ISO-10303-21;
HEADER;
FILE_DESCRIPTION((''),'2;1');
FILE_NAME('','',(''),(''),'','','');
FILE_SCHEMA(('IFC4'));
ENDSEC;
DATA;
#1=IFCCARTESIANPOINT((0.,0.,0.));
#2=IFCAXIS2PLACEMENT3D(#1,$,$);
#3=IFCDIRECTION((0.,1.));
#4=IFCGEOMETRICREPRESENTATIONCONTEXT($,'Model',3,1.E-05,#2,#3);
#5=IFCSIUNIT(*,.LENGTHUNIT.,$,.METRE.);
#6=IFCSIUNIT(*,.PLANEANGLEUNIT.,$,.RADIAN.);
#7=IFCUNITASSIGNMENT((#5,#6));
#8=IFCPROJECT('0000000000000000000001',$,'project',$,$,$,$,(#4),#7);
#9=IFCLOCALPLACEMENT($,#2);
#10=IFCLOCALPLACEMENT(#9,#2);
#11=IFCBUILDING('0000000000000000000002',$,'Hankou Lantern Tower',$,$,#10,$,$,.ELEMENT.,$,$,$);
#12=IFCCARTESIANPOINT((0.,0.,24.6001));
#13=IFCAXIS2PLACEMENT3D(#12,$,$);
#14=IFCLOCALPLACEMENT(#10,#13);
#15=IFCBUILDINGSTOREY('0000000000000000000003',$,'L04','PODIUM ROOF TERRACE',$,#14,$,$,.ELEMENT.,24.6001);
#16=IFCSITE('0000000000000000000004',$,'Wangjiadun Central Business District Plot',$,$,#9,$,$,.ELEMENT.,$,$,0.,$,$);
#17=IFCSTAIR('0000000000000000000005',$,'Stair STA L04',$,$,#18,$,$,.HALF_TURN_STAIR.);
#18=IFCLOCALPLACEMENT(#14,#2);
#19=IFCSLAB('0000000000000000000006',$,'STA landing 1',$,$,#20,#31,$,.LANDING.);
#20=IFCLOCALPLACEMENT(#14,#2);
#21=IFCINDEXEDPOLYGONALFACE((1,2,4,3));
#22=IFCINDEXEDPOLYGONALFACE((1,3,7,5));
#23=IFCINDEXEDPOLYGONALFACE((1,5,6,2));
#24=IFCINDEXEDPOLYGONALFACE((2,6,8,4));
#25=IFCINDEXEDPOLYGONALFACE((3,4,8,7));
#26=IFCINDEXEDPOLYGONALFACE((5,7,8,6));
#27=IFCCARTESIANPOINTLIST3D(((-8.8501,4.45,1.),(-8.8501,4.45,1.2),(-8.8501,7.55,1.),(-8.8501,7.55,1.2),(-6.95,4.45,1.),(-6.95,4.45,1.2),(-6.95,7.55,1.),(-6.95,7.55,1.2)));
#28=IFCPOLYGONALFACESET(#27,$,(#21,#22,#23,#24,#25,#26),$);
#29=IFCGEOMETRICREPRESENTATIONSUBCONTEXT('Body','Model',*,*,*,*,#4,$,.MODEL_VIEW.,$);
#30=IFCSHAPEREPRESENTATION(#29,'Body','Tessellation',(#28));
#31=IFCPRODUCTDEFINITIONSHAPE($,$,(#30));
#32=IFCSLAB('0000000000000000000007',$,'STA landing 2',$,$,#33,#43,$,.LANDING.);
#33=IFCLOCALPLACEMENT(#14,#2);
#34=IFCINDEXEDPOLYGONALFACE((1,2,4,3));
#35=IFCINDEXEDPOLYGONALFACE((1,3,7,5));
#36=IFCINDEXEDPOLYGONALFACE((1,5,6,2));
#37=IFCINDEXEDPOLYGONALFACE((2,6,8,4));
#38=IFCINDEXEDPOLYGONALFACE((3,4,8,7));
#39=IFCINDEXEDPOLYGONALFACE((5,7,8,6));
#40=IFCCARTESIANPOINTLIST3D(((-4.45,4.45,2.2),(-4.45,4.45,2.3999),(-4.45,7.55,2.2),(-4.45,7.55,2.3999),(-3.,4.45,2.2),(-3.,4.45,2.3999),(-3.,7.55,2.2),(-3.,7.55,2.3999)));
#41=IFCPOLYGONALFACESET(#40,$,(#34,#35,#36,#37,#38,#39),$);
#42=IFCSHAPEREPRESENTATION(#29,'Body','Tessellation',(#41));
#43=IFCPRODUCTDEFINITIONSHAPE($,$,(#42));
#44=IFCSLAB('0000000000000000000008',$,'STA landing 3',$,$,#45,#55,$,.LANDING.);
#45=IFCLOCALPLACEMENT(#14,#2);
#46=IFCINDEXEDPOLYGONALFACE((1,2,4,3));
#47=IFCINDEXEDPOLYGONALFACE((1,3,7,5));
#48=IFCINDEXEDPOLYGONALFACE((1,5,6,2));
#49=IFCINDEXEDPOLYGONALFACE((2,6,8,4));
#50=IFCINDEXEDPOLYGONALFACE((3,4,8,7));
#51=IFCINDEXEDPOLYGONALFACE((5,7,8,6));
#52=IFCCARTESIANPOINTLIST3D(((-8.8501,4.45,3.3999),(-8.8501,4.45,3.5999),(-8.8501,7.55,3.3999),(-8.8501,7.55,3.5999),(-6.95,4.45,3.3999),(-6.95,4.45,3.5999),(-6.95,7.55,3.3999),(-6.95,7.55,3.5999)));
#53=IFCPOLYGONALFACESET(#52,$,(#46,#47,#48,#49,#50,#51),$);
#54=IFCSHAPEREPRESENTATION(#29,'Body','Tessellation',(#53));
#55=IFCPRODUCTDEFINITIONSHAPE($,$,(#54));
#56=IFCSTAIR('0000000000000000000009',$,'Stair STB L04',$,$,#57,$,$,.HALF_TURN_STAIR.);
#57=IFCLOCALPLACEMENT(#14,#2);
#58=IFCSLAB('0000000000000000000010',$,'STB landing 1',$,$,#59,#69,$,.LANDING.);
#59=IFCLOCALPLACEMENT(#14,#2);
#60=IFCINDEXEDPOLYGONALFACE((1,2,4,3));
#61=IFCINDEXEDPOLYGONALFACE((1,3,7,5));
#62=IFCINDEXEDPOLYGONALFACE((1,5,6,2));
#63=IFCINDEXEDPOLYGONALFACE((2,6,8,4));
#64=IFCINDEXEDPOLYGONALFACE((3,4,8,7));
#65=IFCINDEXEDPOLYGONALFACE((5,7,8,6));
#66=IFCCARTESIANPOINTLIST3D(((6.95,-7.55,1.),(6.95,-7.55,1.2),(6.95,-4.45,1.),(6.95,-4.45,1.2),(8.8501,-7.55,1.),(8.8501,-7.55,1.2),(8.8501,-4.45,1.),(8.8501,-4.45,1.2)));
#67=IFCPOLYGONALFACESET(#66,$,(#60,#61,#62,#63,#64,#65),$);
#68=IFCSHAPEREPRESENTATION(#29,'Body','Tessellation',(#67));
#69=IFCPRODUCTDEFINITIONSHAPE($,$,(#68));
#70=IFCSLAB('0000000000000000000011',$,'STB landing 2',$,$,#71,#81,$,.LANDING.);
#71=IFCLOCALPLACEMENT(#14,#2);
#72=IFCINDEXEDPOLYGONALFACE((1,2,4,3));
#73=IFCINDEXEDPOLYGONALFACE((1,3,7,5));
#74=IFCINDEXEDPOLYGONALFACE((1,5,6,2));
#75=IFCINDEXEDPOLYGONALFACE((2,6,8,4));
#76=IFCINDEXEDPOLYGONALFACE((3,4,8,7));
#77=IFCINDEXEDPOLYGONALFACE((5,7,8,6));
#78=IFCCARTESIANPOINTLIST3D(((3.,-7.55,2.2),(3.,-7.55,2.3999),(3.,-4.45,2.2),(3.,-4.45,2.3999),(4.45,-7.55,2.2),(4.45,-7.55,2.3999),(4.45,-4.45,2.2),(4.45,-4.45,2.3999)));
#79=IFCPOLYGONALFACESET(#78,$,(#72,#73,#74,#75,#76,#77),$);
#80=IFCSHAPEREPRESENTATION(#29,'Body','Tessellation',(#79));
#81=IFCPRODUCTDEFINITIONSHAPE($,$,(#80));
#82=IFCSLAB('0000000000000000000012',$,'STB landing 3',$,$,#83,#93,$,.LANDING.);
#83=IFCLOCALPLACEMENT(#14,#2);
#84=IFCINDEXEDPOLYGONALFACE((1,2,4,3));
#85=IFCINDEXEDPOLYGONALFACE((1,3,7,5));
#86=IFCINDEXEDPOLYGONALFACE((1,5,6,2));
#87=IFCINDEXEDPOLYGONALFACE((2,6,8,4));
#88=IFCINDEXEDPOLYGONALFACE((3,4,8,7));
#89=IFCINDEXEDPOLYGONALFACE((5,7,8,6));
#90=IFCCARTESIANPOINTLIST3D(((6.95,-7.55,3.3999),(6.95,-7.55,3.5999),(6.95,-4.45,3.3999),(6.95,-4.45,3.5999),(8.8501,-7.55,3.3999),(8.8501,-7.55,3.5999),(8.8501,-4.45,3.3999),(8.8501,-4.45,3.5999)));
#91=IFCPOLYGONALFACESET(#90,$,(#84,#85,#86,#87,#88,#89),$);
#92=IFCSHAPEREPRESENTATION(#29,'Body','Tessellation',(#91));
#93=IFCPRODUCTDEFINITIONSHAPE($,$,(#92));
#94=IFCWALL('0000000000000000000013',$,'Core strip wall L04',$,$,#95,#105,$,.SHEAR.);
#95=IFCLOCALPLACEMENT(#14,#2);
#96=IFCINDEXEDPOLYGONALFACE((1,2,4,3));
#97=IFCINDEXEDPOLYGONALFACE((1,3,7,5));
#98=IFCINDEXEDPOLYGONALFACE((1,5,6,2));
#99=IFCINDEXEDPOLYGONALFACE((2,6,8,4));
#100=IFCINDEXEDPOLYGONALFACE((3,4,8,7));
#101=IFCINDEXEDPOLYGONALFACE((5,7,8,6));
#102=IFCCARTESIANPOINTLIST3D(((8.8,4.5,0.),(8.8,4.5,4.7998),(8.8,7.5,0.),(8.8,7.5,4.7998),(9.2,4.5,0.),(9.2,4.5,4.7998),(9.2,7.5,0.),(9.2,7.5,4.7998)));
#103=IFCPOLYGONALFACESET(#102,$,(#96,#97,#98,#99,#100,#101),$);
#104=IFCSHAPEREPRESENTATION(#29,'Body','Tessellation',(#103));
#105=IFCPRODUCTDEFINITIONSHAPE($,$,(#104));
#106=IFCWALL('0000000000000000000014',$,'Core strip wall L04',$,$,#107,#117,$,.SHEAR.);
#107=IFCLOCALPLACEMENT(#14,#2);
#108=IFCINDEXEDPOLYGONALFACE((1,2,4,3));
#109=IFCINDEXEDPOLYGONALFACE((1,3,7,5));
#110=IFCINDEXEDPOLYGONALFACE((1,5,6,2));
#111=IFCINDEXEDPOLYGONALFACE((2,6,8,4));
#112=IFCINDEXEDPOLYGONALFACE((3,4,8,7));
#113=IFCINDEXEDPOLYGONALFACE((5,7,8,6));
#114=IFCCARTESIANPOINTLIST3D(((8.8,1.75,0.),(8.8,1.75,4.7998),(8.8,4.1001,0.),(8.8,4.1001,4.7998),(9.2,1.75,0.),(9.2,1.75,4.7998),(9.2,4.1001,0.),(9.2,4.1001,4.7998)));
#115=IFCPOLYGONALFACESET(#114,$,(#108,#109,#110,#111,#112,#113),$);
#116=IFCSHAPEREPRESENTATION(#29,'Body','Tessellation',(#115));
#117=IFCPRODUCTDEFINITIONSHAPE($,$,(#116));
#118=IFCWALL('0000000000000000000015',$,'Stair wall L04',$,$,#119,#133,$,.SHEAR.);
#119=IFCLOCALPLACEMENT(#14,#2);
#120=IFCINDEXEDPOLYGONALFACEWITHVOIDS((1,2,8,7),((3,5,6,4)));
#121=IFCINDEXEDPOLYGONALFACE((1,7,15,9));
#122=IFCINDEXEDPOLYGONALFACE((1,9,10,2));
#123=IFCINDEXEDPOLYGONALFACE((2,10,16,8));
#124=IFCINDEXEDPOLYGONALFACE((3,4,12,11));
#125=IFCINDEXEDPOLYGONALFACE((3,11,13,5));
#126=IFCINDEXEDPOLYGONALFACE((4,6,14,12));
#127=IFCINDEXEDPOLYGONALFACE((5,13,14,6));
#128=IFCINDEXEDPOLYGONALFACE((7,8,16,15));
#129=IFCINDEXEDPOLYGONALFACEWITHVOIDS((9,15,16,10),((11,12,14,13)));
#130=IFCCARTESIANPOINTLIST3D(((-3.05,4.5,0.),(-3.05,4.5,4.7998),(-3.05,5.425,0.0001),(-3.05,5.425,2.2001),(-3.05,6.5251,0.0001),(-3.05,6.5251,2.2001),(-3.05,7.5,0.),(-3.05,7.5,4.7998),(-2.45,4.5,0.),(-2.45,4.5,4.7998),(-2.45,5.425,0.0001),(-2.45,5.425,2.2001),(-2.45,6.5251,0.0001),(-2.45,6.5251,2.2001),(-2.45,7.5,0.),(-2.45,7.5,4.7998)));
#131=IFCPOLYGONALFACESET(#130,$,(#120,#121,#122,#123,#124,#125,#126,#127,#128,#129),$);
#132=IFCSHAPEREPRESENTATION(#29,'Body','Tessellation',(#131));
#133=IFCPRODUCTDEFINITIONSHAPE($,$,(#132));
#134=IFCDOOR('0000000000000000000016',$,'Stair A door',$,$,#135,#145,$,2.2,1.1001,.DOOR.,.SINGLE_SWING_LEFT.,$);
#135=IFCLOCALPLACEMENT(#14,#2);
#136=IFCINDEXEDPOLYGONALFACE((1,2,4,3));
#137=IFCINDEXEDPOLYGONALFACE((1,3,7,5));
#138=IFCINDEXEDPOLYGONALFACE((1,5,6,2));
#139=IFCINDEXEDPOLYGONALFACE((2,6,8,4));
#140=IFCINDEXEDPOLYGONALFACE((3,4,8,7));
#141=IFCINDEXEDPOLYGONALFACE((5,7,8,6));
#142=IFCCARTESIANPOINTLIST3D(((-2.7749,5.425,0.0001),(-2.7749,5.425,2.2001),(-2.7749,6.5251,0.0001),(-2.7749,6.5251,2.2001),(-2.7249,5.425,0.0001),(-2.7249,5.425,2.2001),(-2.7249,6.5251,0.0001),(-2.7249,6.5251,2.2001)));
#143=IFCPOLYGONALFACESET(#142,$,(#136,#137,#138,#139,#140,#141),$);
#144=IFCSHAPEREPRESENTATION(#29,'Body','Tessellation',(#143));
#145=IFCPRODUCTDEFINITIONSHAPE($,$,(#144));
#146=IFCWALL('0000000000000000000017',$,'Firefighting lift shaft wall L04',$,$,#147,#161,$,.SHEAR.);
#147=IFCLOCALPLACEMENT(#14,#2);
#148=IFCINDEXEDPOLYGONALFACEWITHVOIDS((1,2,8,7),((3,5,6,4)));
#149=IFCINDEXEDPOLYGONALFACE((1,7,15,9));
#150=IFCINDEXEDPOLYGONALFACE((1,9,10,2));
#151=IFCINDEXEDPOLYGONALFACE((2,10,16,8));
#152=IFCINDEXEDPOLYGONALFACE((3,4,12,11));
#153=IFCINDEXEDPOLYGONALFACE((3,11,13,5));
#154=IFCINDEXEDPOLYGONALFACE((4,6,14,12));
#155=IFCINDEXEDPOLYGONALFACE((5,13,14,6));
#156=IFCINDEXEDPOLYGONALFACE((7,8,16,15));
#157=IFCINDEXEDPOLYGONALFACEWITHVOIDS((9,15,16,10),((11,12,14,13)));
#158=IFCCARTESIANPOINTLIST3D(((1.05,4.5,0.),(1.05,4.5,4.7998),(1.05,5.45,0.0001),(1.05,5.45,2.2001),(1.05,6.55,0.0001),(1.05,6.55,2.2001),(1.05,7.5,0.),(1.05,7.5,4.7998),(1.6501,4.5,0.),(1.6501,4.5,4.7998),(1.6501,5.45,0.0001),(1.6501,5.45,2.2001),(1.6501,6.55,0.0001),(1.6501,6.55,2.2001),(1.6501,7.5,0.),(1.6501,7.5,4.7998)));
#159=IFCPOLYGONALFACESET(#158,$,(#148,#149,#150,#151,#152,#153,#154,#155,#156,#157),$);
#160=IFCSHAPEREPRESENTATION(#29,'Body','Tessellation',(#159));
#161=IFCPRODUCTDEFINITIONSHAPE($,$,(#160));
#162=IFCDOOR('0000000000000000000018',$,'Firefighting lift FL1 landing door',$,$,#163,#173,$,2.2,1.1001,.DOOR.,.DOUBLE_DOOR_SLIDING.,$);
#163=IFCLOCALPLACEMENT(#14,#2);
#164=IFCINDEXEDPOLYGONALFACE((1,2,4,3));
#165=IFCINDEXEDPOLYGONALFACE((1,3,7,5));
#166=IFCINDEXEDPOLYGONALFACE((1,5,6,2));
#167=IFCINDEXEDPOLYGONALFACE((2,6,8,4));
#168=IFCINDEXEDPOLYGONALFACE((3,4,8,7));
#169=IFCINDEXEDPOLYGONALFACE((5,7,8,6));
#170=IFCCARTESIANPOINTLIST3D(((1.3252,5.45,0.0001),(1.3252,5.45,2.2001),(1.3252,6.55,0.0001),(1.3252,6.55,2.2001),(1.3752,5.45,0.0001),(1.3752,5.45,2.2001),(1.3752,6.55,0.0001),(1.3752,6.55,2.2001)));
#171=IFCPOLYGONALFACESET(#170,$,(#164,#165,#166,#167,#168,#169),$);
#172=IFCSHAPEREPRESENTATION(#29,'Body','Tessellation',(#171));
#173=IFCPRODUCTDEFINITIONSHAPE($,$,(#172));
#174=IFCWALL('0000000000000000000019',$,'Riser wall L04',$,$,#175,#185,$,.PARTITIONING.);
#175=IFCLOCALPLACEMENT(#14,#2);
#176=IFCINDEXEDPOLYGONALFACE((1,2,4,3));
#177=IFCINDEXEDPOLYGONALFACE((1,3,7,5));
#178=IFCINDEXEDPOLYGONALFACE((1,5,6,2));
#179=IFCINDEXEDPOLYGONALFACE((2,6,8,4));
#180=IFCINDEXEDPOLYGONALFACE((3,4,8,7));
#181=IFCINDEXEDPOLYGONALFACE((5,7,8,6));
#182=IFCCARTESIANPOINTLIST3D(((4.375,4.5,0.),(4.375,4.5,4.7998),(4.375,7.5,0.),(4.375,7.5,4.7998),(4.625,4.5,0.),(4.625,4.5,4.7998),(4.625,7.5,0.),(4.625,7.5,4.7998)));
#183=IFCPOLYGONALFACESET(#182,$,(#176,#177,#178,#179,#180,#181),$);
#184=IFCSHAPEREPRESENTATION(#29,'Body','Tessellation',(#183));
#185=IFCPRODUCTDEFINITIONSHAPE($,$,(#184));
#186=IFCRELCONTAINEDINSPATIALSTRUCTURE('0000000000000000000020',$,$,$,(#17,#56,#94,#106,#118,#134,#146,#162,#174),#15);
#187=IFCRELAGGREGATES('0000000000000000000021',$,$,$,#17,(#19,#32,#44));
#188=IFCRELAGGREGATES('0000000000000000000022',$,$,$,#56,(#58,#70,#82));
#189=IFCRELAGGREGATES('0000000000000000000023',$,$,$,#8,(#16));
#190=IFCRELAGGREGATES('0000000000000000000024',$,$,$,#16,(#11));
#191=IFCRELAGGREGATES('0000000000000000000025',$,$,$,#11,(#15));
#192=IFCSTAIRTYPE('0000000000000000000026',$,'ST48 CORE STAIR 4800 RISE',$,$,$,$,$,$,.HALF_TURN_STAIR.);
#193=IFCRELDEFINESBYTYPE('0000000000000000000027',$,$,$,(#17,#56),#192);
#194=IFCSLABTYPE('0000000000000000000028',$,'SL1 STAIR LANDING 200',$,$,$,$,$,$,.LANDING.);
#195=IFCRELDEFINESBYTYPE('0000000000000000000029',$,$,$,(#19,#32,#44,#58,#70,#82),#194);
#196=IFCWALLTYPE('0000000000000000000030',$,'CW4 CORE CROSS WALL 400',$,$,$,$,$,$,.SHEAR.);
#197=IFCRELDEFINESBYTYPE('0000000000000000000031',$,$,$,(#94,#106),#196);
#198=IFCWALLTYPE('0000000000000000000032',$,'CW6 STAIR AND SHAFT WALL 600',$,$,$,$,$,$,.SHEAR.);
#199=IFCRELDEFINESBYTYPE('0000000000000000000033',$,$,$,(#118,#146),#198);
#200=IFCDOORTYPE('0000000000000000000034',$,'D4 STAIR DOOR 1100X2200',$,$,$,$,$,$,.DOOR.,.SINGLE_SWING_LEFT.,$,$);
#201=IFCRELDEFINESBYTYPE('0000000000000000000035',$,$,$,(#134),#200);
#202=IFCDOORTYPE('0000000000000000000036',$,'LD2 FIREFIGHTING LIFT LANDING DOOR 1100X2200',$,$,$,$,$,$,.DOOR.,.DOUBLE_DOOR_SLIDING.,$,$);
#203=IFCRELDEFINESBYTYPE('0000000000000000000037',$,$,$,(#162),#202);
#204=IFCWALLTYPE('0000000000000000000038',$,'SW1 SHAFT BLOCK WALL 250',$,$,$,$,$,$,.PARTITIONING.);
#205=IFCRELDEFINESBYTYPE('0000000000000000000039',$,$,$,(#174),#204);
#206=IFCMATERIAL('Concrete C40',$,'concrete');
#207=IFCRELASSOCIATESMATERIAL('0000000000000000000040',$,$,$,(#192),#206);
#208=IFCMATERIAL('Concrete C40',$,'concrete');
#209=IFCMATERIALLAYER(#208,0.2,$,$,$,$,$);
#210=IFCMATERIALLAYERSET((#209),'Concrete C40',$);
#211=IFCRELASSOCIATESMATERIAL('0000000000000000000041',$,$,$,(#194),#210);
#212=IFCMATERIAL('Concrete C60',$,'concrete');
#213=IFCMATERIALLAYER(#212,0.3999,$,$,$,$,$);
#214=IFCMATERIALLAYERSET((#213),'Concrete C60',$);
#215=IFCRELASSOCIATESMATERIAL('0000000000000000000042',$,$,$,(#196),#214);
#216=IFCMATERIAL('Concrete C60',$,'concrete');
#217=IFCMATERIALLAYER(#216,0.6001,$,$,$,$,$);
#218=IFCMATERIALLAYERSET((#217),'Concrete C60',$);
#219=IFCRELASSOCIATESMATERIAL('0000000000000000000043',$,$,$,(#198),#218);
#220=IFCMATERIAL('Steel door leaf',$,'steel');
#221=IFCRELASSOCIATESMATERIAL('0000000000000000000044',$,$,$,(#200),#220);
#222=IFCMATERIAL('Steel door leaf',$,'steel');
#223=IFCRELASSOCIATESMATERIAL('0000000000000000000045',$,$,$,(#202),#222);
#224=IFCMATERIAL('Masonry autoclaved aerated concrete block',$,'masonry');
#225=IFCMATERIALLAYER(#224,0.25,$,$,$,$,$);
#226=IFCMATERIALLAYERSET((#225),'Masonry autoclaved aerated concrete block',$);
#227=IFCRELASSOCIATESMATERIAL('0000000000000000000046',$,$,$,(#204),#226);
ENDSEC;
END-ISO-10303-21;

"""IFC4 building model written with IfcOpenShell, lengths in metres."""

from ifc_helpers import new_model, si_unit, direction, frame, frame_2d, origin, place, context, subcontext, project, spatial, polyline, rectangle, outline, extrude, material, layer, layer_set, type_object, element, fill, aggregate, save


model = new_model("IFC4")

# Units and contexts
model_context = context("Model", 3, precision=1e-05, world=origin(), true_north=direction((0.0, 1.0)))
body_context = subcontext(model_context, "Body", "Model", "MODEL_VIEW")
ifc_project = project(units=[si_unit("LENGTHUNIT", "METRE"), si_unit("PLANEANGLEUNIT", "RADIAN")], contexts=[model_context])

# Site, building, storey
site_placement = place(None, origin())
site = spatial("IfcSite", under=ifc_project, at=site_placement, Name="Wangjiadun Central Business District Plot", CompositionType="ELEMENT", RefElevation=0.0)
building_placement = place(site_placement, origin())
building = spatial("IfcBuilding", under=site, at=building_placement, Name="Hankou Lantern Tower", CompositionType="ELEMENT")
storey_placement = place(building_placement, frame((0.0, 0.0, 24.6001)))
storey = spatial("IfcBuildingStorey", under=building, at=storey_placement, Name="L04", Description="PODIUM ROOF TERRACE", CompositionType="ELEMENT", Elevation=24.6001)

# Stairs, slabs
ifc_material_1 = material(Name="Concrete C40", Category="concrete")
stair_type = type_object("IfcStairType", Name="ST48 CORE STAIR 4800 RISE", PredefinedType="HALF_TURN_STAIR", material=ifc_material_1)
stair_1_placement = place(storey_placement, origin())
stair_1 = element("IfcStair", 1, at=stair_1_placement, inside=storey, type_object=stair_type, Name="Stair STA L04", PredefinedType="HALF_TURN_STAIR")
ifc_material_2 = material(Name="Concrete C40", Category="concrete")
ifc_layer_1 = layer(ifc_material_2, 0.2)
ifc_layer_set_1 = layer_set([ifc_layer_1], Name="Concrete C40")
slab_type_1 = type_object("IfcSlabType", Name="SL1 STAIR LANDING 200", PredefinedType="LANDING", material=ifc_layer_set_1)
slab_1_placement = place(storey_placement, frame((0.0, 0.0, 1.0)))
slab_1 = element("IfcSlab", 2, at=slab_1_placement, type_object=slab_type_1, Name="STA landing 1", PredefinedType="LANDING", context=body_context, shape_type="SweptSolid", body=[
    extrude(outline(polyline([(-8.8501, 4.45), (-6.95, 4.45), (-6.95, 7.55), (-8.8501, 7.55), (-8.8501, 4.45)])), origin(), (0.0, 0.0, 1.0), 0.2),
])
slab_2_placement = place(storey_placement, frame((0.0, 0.0, 2.2)))
slab_2 = element("IfcSlab", 3, at=slab_2_placement, type_object=slab_type_1, Name="STA landing 2", PredefinedType="LANDING", context=body_context, shape_type="SweptSolid", body=[
    extrude(outline(polyline([(-4.45, 4.45), (-3.0, 4.45), (-3.0, 7.55), (-4.45, 7.55), (-4.45, 4.45)])), origin(), (0.0, 0.0, 1.0), 0.2),
])
slab_3_placement = place(storey_placement, frame((0.0, 0.0, 3.3999)))
slab_3 = element("IfcSlab", 4, at=slab_3_placement, type_object=slab_type_1, Name="STA landing 3", PredefinedType="LANDING", context=body_context, shape_type="SweptSolid", body=[
    extrude(outline(polyline([(-8.8501, 4.45), (-6.95, 4.45), (-6.95, 7.55), (-8.8501, 7.55), (-8.8501, 4.45)])), origin(), (0.0, 0.0, 1.0), 0.2),
])
aggregate(stair_1, [slab_1, slab_2, slab_3])
stair_2_placement = place(storey_placement, origin())
stair_2 = element("IfcStair", 5, at=stair_2_placement, inside=storey, type_object=stair_type, Name="Stair STB L04", PredefinedType="HALF_TURN_STAIR")
slab_4_placement = place(storey_placement, frame((0.0, 0.0, 1.0)))
slab_4 = element("IfcSlab", 6, at=slab_4_placement, type_object=slab_type_1, Name="STB landing 1", PredefinedType="LANDING", context=body_context, shape_type="SweptSolid", body=[
    extrude(outline(polyline([(8.8501, -4.45), (6.95, -4.45), (6.95, -7.55), (8.8501, -7.55), (8.8501, -4.45)])), origin(), (0.0, 0.0, 1.0), 0.2),
])
slab_5_placement = place(storey_placement, frame((0.0, 0.0, 2.2)))
slab_5 = element("IfcSlab", 7, at=slab_5_placement, type_object=slab_type_1, Name="STB landing 2", PredefinedType="LANDING", context=body_context, shape_type="SweptSolid", body=[
    extrude(outline(polyline([(4.45, -4.45), (3.0, -4.45), (3.0, -7.55), (4.45, -7.55), (4.45, -4.45)])), origin(), (0.0, 0.0, 1.0), 0.2),
])
slab_6_placement = place(storey_placement, frame((0.0, 0.0, 3.3999)))
slab_6 = element("IfcSlab", 8, at=slab_6_placement, type_object=slab_type_1, Name="STB landing 3", PredefinedType="LANDING", context=body_context, shape_type="SweptSolid", body=[
    extrude(outline(polyline([(8.8501, -4.45), (6.95, -4.45), (6.95, -7.55), (8.8501, -7.55), (8.8501, -4.45)])), origin(), (0.0, 0.0, 1.0), 0.2),
])
aggregate(stair_2, [slab_4, slab_5, slab_6])

# Walls
ifc_material_3 = material(Name="Concrete C60", Category="concrete")
ifc_layer_2 = layer(ifc_material_3, 0.3999)
ifc_layer_set_2 = layer_set([ifc_layer_2], Name="Concrete C60")
wall_type_1 = type_object("IfcWallType", Name="CW4 CORE CROSS WALL 400", PredefinedType="SHEAR", material=ifc_layer_set_2)
wall_1_placement = place(storey_placement, frame((9.0, 4.5, 0.0), z_axis=(0.0, 0.0, 1.0), x_axis=(0.0, 1.0, 0.0)))
element("IfcWall", 9, at=wall_1_placement, inside=storey, type_object=wall_type_1, Name="Core strip wall L04", PredefinedType="SHEAR", context=body_context, shape_type="SweptSolid", body=[
    extrude(rectangle(XDim=3.0, YDim=0.3999, at=frame_2d((1.5, 0.0))), origin(), (0.0, 0.0, 1.0), 4.7998),
])
wall_2_placement = place(storey_placement, frame((9.0, 1.75, 0.0), z_axis=(0.0, 0.0, 1.0), x_axis=(0.0, 1.0, 0.0)))
element("IfcWall", 10, at=wall_2_placement, inside=storey, type_object=wall_type_1, Name="Core strip wall L04", PredefinedType="SHEAR", context=body_context, shape_type="SweptSolid", body=[
    extrude(rectangle(XDim=2.3501, YDim=0.3999, at=frame_2d((1.175, 0.0))), origin(), (0.0, 0.0, 1.0), 4.7998),
])

# Walls, openings, doors
ifc_material_4 = material(Name="Concrete C60", Category="concrete")
ifc_layer_3 = layer(ifc_material_4, 0.6001)
ifc_layer_set_3 = layer_set([ifc_layer_3], Name="Concrete C60")
wall_type_2 = type_object("IfcWallType", Name="CW6 STAIR AND SHAFT WALL 600", PredefinedType="SHEAR", material=ifc_layer_set_3)
wall_3_placement = place(storey_placement, frame((-2.75, 4.5, 0.0), z_axis=(0.0, 0.0, 1.0), x_axis=(0.0, 1.0, 0.0)))
wall_3 = element("IfcWall", 11, at=wall_3_placement, inside=storey, type_object=wall_type_2, Name="Stair wall L04", PredefinedType="SHEAR", context=body_context, shape_type="SweptSolid", body=[
    extrude(rectangle(XDim=3.0, YDim=0.6001, at=frame_2d((1.5, 0.0))), origin(), (0.0, 0.0, 1.0), 4.7998),
])
opening_1_placement = place(wall_3_placement, frame((0.925, 0.0, 0.0)))
opening_1 = element("IfcOpeningElement", 12, at=opening_1_placement, cuts=wall_3, PredefinedType="OPENING", context=body_context, shape_type="SweptSolid", body=[
    extrude(rectangle(XDim=1.1001, YDim=2.2, at=frame_2d((0.55, 1.1001))), frame((0.0, 0.3101, 0.0), z_axis=(0.0, -1.0, 0.0), x_axis=(1.0, 0.0, 0.0)), (0.0, 0.0, 1.0), 0.6201),
])
ifc_material_5 = material(Name="Steel door leaf", Category="steel")
door_type_1 = type_object("IfcDoorType", Name="D4 STAIR DOOR 1100X2200", OperationType="SINGLE_SWING_LEFT", PredefinedType="DOOR", material=ifc_material_5)
door_1_placement = place(opening_1_placement, origin())
door_1 = element("IfcDoor", 13, at=door_1_placement, inside=storey, type_object=door_type_1, Name="Stair A door", OperationType="SINGLE_SWING_LEFT", OverallHeight=2.2, OverallWidth=1.1001, PredefinedType="DOOR", context=body_context, shape_type="SweptSolid", body=[
    extrude(rectangle(XDim=1.1001, YDim=2.2, at=frame_2d((0.55, 1.1001))), frame((0.0, 0.0249, 0.0), z_axis=(0.0, -1.0, 0.0), x_axis=(1.0, 0.0, 0.0)), (0.0, 0.0, 1.0), 0.05),
])
fill(opening_1, door_1)
wall_4_placement = place(storey_placement, frame((1.3501, 4.5, 0.0), z_axis=(0.0, 0.0, 1.0), x_axis=(0.0, 1.0, 0.0)))
wall_4 = element("IfcWall", 14, at=wall_4_placement, inside=storey, type_object=wall_type_2, Name="Firefighting lift shaft wall L04", PredefinedType="SHEAR", context=body_context, shape_type="SweptSolid", body=[
    extrude(rectangle(XDim=3.0, YDim=0.6001, at=frame_2d((1.5, 0.0))), origin(), (0.0, 0.0, 1.0), 4.7998),
])
opening_2_placement = place(wall_4_placement, frame((0.95, 0.0, 0.0)))
opening_2 = element("IfcOpeningElement", 15, at=opening_2_placement, cuts=wall_4, PredefinedType="OPENING", context=body_context, shape_type="SweptSolid", body=[
    extrude(rectangle(XDim=1.1001, YDim=2.2, at=frame_2d((0.55, 1.1001))), frame((0.0, 0.3101, 0.0), z_axis=(0.0, -1.0, 0.0), x_axis=(1.0, 0.0, 0.0)), (0.0, 0.0, 1.0), 0.6201),
])
ifc_material_6 = material(Name="Steel door leaf", Category="steel")
door_type_2 = type_object("IfcDoorType", Name="LD2 FIREFIGHTING LIFT LANDING DOOR 1100X2200", OperationType="DOUBLE_DOOR_SLIDING", PredefinedType="DOOR", material=ifc_material_6)
door_2_placement = place(opening_2_placement, origin())
door_2 = element("IfcDoor", 16, at=door_2_placement, inside=storey, type_object=door_type_2, Name="Firefighting lift FL1 landing door", OperationType="DOUBLE_DOOR_SLIDING", OverallHeight=2.2, OverallWidth=1.1001, PredefinedType="DOOR", context=body_context, shape_type="SweptSolid", body=[
    extrude(rectangle(XDim=1.1001, YDim=2.2, at=frame_2d((0.55, 1.1001))), frame((0.0, 0.0249, 0.0), z_axis=(0.0, -1.0, 0.0), x_axis=(1.0, 0.0, 0.0)), (0.0, 0.0, 1.0), 0.05),
])
fill(opening_2, door_2)

# Wall
ifc_material_7 = material(Name="Masonry autoclaved aerated concrete block", Category="masonry")
ifc_layer_4 = layer(ifc_material_7, 0.25)
ifc_layer_set_4 = layer_set([ifc_layer_4], Name="Masonry autoclaved aerated concrete block")
wall_type_3 = type_object("IfcWallType", Name="SW1 SHAFT BLOCK WALL 250", PredefinedType="PARTITIONING", material=ifc_layer_set_4)
wall_5_placement = place(storey_placement, frame((4.5, 4.5, 0.0), z_axis=(0.0, 0.0, 1.0), x_axis=(0.0, 1.0, 0.0)))
element("IfcWall", 17, at=wall_5_placement, inside=storey, type_object=wall_type_3, Name="Riser wall L04", PredefinedType="PARTITIONING", context=body_context, shape_type="SweptSolid", body=[
    extrude(rectangle(XDim=3.0, YDim=0.25, at=frame_2d((1.5, 0.0))), origin(), (0.0, 0.0, 1.0), 4.7998),
])

save(model, "model.ifc")
